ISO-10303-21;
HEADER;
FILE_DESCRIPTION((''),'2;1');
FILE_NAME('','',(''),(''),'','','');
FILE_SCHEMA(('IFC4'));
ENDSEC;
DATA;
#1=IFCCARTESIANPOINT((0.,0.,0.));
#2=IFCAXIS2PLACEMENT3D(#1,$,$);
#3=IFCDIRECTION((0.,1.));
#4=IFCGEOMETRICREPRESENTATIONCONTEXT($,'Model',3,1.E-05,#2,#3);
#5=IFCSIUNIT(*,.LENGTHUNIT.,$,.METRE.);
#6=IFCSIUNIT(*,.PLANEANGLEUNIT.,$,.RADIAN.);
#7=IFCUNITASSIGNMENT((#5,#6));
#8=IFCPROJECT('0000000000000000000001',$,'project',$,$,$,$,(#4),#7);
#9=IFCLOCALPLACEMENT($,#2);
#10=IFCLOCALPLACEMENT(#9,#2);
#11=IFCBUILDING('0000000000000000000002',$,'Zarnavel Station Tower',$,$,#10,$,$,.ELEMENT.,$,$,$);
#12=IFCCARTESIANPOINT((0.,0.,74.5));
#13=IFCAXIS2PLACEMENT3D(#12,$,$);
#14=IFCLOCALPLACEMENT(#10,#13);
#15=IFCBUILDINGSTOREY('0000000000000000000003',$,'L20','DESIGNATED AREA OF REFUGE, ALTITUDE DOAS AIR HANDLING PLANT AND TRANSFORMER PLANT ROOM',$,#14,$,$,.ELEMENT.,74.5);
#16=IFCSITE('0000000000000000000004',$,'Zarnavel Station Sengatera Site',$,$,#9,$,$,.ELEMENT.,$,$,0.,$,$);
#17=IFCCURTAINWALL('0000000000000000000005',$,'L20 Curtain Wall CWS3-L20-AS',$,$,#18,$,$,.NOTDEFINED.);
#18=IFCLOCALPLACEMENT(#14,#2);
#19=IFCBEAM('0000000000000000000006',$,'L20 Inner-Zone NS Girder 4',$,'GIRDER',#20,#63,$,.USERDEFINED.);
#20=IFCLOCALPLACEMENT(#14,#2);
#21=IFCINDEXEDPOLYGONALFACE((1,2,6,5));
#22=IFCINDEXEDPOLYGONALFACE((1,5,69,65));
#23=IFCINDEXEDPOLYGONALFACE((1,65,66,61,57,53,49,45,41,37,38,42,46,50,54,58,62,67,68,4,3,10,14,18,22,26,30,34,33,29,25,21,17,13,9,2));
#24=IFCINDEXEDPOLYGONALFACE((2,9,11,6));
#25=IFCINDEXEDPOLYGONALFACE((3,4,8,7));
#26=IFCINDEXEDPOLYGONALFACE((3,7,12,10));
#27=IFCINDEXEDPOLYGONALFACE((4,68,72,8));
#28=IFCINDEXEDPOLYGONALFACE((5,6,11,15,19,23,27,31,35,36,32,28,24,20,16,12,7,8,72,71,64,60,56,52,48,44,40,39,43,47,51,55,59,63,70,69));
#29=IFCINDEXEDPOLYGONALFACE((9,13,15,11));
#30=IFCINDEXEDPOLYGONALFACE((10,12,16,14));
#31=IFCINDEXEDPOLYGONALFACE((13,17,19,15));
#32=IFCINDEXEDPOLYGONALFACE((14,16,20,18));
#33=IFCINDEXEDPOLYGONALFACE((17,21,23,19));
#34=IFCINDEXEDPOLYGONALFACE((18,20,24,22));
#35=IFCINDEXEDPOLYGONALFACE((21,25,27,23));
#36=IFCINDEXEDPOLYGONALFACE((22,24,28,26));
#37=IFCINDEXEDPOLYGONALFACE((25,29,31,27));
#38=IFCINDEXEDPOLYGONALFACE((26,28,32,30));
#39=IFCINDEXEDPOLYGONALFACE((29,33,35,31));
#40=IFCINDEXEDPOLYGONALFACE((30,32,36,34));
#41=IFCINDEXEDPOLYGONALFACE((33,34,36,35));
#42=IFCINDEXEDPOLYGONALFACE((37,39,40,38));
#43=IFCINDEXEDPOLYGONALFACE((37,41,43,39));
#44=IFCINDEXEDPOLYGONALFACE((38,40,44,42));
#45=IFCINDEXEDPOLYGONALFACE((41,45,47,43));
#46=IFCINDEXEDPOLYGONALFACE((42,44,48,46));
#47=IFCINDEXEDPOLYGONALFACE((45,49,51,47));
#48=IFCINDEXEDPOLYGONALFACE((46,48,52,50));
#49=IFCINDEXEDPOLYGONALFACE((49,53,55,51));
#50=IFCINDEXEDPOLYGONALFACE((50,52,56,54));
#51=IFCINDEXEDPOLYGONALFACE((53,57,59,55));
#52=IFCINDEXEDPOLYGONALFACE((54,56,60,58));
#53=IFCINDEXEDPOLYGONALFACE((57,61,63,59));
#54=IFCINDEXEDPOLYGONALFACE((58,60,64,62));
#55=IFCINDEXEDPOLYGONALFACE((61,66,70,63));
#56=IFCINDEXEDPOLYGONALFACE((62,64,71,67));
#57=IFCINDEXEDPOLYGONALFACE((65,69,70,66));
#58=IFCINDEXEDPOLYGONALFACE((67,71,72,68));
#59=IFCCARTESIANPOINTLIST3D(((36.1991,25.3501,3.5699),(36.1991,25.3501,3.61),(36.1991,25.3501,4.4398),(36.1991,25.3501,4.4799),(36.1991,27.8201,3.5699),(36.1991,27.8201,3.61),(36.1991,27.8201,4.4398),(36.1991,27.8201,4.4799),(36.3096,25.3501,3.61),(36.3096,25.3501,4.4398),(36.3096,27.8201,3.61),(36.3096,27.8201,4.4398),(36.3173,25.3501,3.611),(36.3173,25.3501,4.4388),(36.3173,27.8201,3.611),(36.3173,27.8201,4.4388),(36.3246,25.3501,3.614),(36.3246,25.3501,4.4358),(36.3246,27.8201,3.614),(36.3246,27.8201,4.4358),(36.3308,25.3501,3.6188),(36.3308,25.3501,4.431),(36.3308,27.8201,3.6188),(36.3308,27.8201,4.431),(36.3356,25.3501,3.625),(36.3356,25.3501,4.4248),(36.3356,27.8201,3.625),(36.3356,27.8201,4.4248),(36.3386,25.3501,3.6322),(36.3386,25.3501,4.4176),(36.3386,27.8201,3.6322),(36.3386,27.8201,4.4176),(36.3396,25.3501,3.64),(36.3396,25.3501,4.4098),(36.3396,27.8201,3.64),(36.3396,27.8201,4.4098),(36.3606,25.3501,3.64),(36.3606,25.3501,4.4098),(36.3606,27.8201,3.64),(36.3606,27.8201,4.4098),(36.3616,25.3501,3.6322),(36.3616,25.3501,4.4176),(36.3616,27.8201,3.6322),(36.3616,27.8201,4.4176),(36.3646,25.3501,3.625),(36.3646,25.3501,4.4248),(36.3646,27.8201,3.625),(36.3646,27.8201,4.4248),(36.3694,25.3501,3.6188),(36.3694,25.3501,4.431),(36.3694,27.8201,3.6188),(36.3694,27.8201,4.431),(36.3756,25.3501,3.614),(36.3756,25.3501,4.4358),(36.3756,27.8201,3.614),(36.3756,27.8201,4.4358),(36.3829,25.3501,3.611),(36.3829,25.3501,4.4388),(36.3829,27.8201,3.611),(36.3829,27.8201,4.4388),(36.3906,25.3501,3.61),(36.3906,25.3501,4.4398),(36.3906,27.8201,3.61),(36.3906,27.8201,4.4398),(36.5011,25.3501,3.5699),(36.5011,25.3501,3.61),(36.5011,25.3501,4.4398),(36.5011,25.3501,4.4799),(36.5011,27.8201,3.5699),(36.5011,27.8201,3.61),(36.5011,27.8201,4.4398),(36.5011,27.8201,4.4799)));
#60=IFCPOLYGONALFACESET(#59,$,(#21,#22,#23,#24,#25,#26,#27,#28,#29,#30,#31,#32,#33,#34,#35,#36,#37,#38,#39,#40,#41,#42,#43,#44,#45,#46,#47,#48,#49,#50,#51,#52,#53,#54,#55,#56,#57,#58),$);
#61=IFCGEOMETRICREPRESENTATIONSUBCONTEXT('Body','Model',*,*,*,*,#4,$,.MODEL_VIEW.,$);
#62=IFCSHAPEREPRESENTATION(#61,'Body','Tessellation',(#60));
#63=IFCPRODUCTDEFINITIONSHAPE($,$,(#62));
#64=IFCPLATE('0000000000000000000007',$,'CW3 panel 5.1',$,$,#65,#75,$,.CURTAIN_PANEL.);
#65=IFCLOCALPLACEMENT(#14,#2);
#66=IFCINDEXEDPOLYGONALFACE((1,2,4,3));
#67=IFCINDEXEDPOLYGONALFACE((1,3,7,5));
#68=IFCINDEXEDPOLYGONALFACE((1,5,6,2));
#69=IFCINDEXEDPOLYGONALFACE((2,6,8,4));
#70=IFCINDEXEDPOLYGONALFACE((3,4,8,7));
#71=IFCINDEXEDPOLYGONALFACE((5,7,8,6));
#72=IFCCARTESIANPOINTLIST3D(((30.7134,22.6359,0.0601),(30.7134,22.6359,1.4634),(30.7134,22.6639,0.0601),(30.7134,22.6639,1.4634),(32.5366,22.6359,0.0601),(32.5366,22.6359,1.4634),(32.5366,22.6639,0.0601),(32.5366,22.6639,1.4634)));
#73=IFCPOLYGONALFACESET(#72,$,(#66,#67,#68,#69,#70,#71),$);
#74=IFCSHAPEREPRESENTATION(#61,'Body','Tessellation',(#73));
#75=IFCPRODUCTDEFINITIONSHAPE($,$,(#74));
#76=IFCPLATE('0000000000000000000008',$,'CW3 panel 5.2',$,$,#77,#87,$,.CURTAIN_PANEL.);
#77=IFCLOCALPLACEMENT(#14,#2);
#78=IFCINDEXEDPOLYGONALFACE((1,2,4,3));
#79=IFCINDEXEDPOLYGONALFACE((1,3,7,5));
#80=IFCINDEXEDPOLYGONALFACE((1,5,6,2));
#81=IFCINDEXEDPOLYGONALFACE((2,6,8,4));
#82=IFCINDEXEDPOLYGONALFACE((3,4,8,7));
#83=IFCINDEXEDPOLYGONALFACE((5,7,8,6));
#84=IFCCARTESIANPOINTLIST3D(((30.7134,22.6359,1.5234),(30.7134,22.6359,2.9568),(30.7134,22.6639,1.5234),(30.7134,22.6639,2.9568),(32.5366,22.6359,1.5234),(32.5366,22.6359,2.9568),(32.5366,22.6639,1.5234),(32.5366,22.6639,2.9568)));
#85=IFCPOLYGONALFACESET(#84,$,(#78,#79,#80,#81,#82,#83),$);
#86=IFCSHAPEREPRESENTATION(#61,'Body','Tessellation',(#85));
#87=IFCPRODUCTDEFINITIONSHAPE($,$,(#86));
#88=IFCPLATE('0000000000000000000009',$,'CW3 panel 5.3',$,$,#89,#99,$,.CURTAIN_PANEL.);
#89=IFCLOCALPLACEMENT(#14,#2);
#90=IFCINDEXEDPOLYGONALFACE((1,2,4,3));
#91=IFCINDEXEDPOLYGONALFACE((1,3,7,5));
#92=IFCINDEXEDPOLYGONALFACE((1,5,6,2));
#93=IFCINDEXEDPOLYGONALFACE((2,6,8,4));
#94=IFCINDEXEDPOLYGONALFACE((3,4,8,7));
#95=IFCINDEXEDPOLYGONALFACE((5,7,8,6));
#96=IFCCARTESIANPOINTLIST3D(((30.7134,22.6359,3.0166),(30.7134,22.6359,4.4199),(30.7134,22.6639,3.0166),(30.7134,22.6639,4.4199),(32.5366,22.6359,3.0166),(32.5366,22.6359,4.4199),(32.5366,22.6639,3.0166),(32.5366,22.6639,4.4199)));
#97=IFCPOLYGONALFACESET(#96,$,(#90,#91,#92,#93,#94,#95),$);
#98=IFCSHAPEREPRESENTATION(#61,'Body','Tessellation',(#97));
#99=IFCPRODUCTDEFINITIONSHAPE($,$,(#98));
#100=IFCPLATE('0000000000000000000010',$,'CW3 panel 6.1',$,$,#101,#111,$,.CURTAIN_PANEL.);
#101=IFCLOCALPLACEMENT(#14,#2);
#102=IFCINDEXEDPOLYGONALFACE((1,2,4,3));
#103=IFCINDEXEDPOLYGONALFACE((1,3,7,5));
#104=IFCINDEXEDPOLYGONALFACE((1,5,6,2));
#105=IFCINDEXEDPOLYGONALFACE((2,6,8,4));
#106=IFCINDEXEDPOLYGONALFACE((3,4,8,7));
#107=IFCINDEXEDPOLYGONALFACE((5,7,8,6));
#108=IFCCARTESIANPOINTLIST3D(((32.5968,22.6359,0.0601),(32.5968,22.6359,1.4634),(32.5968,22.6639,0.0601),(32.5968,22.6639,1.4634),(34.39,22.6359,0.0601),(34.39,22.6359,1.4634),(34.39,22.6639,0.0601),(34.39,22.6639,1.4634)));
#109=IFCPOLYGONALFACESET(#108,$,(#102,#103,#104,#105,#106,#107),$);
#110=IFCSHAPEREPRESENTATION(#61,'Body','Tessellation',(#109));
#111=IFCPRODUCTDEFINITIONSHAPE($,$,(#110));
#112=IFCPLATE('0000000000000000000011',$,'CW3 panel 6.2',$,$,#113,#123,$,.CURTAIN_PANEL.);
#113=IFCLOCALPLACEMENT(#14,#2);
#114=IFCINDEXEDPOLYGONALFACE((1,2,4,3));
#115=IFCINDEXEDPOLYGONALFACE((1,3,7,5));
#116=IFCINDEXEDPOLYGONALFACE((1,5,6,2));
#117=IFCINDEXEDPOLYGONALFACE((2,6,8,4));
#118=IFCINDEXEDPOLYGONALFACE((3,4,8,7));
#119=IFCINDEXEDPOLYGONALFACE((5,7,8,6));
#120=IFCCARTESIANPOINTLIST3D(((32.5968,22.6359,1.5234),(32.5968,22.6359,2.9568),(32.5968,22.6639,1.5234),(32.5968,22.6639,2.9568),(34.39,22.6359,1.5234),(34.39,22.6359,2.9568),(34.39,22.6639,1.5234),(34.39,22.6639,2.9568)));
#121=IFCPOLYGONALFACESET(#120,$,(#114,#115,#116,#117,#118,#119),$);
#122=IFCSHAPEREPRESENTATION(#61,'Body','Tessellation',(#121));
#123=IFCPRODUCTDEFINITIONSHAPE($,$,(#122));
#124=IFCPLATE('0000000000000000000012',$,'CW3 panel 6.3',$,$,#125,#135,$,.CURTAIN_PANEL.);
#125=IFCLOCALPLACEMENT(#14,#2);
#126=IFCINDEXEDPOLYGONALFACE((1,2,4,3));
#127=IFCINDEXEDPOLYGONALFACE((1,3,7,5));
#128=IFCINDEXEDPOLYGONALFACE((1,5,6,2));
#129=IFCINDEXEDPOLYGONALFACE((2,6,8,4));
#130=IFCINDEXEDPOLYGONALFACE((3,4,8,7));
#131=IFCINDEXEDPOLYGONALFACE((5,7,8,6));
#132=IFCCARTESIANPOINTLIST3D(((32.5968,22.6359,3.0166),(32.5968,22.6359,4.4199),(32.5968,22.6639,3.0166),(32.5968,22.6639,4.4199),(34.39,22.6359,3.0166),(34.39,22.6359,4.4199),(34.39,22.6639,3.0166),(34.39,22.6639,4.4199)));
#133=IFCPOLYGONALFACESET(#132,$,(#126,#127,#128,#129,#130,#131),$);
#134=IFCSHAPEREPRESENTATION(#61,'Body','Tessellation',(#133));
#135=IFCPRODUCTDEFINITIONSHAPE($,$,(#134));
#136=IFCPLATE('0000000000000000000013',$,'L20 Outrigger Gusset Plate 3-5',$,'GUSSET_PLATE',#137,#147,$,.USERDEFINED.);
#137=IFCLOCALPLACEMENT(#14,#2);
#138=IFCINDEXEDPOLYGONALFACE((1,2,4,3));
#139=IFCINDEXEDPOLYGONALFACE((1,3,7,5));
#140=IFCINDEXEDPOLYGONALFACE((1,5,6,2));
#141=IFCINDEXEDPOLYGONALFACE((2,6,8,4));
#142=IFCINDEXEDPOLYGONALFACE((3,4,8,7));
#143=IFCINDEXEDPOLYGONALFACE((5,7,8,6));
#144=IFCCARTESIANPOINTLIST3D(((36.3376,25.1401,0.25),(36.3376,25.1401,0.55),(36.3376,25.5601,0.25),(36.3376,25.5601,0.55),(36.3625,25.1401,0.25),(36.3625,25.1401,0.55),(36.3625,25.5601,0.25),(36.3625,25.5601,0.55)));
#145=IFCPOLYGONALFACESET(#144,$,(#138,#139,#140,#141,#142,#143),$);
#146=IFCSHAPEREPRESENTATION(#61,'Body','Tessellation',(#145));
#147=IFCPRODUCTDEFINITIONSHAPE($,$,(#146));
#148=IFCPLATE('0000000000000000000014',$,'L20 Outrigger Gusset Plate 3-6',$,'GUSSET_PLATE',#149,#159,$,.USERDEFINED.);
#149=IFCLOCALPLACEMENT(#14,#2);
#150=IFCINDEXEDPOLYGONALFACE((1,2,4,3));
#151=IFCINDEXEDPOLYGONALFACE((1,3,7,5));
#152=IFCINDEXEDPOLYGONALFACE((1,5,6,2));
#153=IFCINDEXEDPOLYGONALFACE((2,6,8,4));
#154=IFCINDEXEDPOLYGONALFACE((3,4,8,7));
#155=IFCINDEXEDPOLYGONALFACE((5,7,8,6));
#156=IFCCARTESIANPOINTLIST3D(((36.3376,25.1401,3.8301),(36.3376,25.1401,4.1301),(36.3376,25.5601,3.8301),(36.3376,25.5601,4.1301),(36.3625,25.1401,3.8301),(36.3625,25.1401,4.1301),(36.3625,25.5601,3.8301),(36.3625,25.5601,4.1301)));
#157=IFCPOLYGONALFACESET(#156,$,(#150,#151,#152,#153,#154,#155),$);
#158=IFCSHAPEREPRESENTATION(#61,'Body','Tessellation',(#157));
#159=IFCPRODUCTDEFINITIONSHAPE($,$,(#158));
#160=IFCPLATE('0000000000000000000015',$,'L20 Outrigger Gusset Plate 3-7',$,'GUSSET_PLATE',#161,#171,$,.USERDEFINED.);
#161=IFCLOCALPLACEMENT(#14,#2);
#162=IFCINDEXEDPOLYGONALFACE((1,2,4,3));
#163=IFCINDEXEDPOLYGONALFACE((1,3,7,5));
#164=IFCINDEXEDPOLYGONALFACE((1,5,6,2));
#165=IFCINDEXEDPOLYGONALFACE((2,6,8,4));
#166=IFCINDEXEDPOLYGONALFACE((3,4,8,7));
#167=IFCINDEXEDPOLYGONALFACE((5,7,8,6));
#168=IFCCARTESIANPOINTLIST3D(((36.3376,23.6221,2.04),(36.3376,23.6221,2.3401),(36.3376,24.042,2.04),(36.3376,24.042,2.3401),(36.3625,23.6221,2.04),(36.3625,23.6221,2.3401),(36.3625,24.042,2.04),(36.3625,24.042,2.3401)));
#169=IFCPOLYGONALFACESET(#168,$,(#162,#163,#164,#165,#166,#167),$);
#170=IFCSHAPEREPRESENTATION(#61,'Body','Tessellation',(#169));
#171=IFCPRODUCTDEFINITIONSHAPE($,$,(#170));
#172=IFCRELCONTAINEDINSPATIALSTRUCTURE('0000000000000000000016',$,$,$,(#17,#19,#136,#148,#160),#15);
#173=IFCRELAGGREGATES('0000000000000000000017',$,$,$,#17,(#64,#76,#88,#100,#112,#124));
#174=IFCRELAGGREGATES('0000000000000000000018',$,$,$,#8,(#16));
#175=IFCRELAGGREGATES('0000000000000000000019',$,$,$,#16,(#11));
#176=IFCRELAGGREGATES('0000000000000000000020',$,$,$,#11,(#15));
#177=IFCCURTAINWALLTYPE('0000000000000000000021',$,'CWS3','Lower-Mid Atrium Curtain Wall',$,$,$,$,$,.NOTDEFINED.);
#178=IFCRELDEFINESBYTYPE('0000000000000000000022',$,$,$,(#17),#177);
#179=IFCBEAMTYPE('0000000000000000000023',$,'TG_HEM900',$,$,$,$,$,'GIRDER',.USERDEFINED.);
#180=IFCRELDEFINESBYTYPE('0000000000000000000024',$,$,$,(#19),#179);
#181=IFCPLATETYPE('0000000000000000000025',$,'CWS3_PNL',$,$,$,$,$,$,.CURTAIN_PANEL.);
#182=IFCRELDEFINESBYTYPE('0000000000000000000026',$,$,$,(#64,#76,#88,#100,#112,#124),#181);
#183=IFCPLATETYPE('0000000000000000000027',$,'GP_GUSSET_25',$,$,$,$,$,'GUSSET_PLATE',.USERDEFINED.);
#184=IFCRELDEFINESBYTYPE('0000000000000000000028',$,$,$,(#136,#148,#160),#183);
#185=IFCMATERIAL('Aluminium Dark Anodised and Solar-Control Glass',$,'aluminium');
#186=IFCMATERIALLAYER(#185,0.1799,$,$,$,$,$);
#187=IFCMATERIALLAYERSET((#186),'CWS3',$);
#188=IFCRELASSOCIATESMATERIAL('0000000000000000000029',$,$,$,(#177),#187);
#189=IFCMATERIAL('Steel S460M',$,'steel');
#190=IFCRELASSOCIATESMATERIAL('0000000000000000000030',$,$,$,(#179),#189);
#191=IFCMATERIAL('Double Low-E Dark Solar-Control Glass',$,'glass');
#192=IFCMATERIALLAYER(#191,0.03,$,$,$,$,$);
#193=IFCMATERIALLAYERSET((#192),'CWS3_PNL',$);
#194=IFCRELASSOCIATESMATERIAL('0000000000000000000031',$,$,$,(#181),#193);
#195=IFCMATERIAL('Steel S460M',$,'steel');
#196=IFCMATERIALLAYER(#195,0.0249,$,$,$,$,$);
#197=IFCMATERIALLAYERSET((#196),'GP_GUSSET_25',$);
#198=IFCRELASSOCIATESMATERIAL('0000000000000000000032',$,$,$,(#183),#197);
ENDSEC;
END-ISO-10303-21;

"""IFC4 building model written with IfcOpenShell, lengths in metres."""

from ifc_helpers import new_model, si_unit, direction, frame, origin, origin_2d, place, context, subcontext, project, spatial, rectangle, i_section, extrude, material, layer, layer_set, material_profile, profile_set, type_object, element, aggregate, save


model = new_model("IFC4")

# Units and contexts
model_context = context("Model", 3, precision=1e-05, world=origin(), true_north=direction((0.0, 1.0)))
body_context = subcontext(model_context, "Body", "Model", "MODEL_VIEW")
ifc_project = project(units=[si_unit("LENGTHUNIT", "METRE"), si_unit("PLANEANGLEUNIT", "RADIAN")], contexts=[model_context])

# Site, building, storey
site_placement = place(None, origin())
site = spatial("IfcSite", under=ifc_project, at=site_placement, Name="Zarnavel Station Sengatera Site", CompositionType="ELEMENT", RefElevation=0.0)
building_placement = place(site_placement, origin())
building = spatial("IfcBuilding", under=site, at=building_placement, Name="Zarnavel Station Tower", CompositionType="ELEMENT")
storey_placement = place(building_placement, frame((0.0, 0.0, 74.5)))
storey = spatial("IfcBuildingStorey", under=building, at=storey_placement, Name="L20", Description="DESIGNATED AREA OF REFUGE, ALTITUDE DOAS AIR HANDLING PLANT AND TRANSFORMER PLANT ROOM", CompositionType="ELEMENT", Elevation=74.5)

# Curtain wall
ifc_material_1 = material(Name="Aluminium Dark Anodised and Solar-Control Glass", Category="aluminium")
ifc_layer_1 = layer(ifc_material_1, 0.1799)
ifc_layer_set_1 = layer_set([ifc_layer_1], Name="CWS3")
curtain_wall_type = type_object("IfcCurtainWallType", Name="CWS3", Description="Lower-Mid Atrium Curtain Wall", PredefinedType="NOTDEFINED", material=ifc_layer_set_1)
curtain_wall_placement = place(storey_placement, origin())
curtain_wall = element("IfcCurtainWall", 1, at=curtain_wall_placement, inside=storey, type_object=curtain_wall_type, Name="L20 Curtain Wall CWS3-L20-AS", PredefinedType="NOTDEFINED")

# Beam
ifc_material_2 = material(Name="Steel S460M", Category="steel")
ifc_material_profile_1 = material_profile(ifc_material_2, i_section(OverallWidth=0.302, OverallDepth=0.9099, WebThickness=0.021, FlangeThickness=0.04, FilletRadius=0.03, at=origin_2d()), Name="HEM900")
ifc_profile_set_1 = profile_set([ifc_material_profile_1], Name="Steel S460M")
beam_type_1 = type_object("IfcBeamType", Name="TG_HEM900", ElementType="GIRDER", PredefinedType="USERDEFINED", material=ifc_profile_set_1)
beam_1_placement = place(storey_placement, frame((36.3501, 25.3501, 4.0249), z_axis=(0.0, 1.0, 0.0), x_axis=(-1.0, 0.0, 0.0)))
element("IfcBeam", 2, at=beam_1_placement, inside=storey, type_object=beam_type_1, Name="L20 Inner-Zone NS Girder 4", ObjectType="GIRDER", PredefinedType="USERDEFINED", context=body_context, shape_type="SweptSolid", body=[
    extrude(i_section(OverallWidth=0.302, OverallDepth=0.9099, WebThickness=0.021, FlangeThickness=0.04, FilletRadius=0.03, at=origin_2d()), origin(), (0.0, 0.0, 1.0), 2.47),
])

# Plates
ifc_material_3 = material(Name="Double Low-E Dark Solar-Control Glass", Category="glass")
ifc_layer_2 = layer(ifc_material_3, 0.03)
ifc_layer_set_2 = layer_set([ifc_layer_2], Name="CWS3_PNL")
plate_type_1 = type_object("IfcPlateType", Name="CWS3_PNL", PredefinedType="CURTAIN_PANEL", material=ifc_layer_set_2)
plate_1_placement = place(storey_placement, frame((31.625, 22.6499, 0.0601), z_axis=(0.0, 0.0, 1.0), x_axis=(1.0, 0.0, 0.0)))
plate_1 = element("IfcPlate", 3, at=plate_1_placement, type_object=plate_type_1, Name="CW3 panel 5.1", PredefinedType="CURTAIN_PANEL", context=body_context, shape_type="SweptSolid", body=[
    extrude(rectangle(XDim=1.8232, YDim=0.0281, at=origin_2d()), origin(), (0.0, 0.0, 1.0), 1.4033),
])
plate_2_placement = place(storey_placement, frame((31.625, 22.6499, 1.5234), z_axis=(0.0, 0.0, 1.0), x_axis=(1.0, 0.0, 0.0)))
plate_2 = element("IfcPlate", 4, at=plate_2_placement, type_object=plate_type_1, Name="CW3 panel 5.2", PredefinedType="CURTAIN_PANEL", context=body_context, shape_type="SweptSolid", body=[
    extrude(rectangle(XDim=1.8232, YDim=0.0281, at=origin_2d()), origin(), (0.0, 0.0, 1.0), 1.4333),
])
plate_3_placement = place(storey_placement, frame((31.625, 22.6499, 3.0166), z_axis=(0.0, 0.0, 1.0), x_axis=(1.0, 0.0, 0.0)))
plate_3 = element("IfcPlate", 5, at=plate_3_placement, type_object=plate_type_1, Name="CW3 panel 5.3", PredefinedType="CURTAIN_PANEL", context=body_context, shape_type="SweptSolid", body=[
    extrude(rectangle(XDim=1.8232, YDim=0.0281, at=origin_2d()), origin(), (0.0, 0.0, 1.0), 1.4033),
])
plate_4_placement = place(storey_placement, frame((33.4934, 22.6499, 0.0601), z_axis=(0.0, 0.0, 1.0), x_axis=(1.0, 0.0, 0.0)))
plate_4 = element("IfcPlate", 6, at=plate_4_placement, type_object=plate_type_1, Name="CW3 panel 6.1", PredefinedType="CURTAIN_PANEL", context=body_context, shape_type="SweptSolid", body=[
    extrude(rectangle(XDim=1.7932, YDim=0.0281, at=origin_2d()), origin(), (0.0, 0.0, 1.0), 1.4033),
])
plate_5_placement = place(storey_placement, frame((33.4934, 22.6499, 1.5234), z_axis=(0.0, 0.0, 1.0), x_axis=(1.0, 0.0, 0.0)))
plate_5 = element("IfcPlate", 7, at=plate_5_placement, type_object=plate_type_1, Name="CW3 panel 6.2", PredefinedType="CURTAIN_PANEL", context=body_context, shape_type="SweptSolid", body=[
    extrude(rectangle(XDim=1.7932, YDim=0.0281, at=origin_2d()), origin(), (0.0, 0.0, 1.0), 1.4333),
])
plate_6_placement = place(storey_placement, frame((33.4934, 22.6499, 3.0166), z_axis=(0.0, 0.0, 1.0), x_axis=(1.0, 0.0, 0.0)))
plate_6 = element("IfcPlate", 8, at=plate_6_placement, type_object=plate_type_1, Name="CW3 panel 6.3", PredefinedType="CURTAIN_PANEL", context=body_context, shape_type="SweptSolid", body=[
    extrude(rectangle(XDim=1.7932, YDim=0.0281, at=origin_2d()), origin(), (0.0, 0.0, 1.0), 1.4033),
])
aggregate(curtain_wall, [plate_1, plate_2, plate_3, plate_4, plate_5, plate_6])

# Plates
ifc_material_4 = material(Name="Steel S460M", Category="steel")
ifc_layer_3 = layer(ifc_material_4, 0.0249)
ifc_layer_set_3 = layer_set([ifc_layer_3], Name="GP_GUSSET_25")
plate_type_2 = type_object("IfcPlateType", Name="GP_GUSSET_25", ElementType="GUSSET_PLATE", PredefinedType="USERDEFINED", material=ifc_layer_set_3)
for number, where, z_axis, x_axis, name in (
    (9, (36.3501, 25.3501, 0.25), (0.0, 0.0, 1.0), (1.0, 0.0, 0.0), "L20 Outrigger Gusset Plate 3-5"),
    (10, (36.3501, 25.3501, 3.8301), (0.0, 0.0, 1.0), (1.0, 0.0, 0.0), "L20 Outrigger Gusset Plate 3-6"),
    (11, (36.3501, 23.832, 2.04), (0.0, 0.0, 1.0), (1.0, 0.0, 0.0), "L20 Outrigger Gusset Plate 3-7"),
):
    element("IfcPlate", number, at=place(storey_placement, frame(where, z_axis=z_axis, x_axis=x_axis)), inside=storey, type_object=plate_type_2, Name=name, ObjectType="GUSSET_PLATE", PredefinedType="USERDEFINED", context=body_context, shape_type="SweptSolid", body=[
        extrude(rectangle(XDim=0.0249, YDim=0.4199, at=origin_2d()), origin(), (0.0, 0.0, 1.0), 0.3),
    ])

save(model, "model.ifc")
